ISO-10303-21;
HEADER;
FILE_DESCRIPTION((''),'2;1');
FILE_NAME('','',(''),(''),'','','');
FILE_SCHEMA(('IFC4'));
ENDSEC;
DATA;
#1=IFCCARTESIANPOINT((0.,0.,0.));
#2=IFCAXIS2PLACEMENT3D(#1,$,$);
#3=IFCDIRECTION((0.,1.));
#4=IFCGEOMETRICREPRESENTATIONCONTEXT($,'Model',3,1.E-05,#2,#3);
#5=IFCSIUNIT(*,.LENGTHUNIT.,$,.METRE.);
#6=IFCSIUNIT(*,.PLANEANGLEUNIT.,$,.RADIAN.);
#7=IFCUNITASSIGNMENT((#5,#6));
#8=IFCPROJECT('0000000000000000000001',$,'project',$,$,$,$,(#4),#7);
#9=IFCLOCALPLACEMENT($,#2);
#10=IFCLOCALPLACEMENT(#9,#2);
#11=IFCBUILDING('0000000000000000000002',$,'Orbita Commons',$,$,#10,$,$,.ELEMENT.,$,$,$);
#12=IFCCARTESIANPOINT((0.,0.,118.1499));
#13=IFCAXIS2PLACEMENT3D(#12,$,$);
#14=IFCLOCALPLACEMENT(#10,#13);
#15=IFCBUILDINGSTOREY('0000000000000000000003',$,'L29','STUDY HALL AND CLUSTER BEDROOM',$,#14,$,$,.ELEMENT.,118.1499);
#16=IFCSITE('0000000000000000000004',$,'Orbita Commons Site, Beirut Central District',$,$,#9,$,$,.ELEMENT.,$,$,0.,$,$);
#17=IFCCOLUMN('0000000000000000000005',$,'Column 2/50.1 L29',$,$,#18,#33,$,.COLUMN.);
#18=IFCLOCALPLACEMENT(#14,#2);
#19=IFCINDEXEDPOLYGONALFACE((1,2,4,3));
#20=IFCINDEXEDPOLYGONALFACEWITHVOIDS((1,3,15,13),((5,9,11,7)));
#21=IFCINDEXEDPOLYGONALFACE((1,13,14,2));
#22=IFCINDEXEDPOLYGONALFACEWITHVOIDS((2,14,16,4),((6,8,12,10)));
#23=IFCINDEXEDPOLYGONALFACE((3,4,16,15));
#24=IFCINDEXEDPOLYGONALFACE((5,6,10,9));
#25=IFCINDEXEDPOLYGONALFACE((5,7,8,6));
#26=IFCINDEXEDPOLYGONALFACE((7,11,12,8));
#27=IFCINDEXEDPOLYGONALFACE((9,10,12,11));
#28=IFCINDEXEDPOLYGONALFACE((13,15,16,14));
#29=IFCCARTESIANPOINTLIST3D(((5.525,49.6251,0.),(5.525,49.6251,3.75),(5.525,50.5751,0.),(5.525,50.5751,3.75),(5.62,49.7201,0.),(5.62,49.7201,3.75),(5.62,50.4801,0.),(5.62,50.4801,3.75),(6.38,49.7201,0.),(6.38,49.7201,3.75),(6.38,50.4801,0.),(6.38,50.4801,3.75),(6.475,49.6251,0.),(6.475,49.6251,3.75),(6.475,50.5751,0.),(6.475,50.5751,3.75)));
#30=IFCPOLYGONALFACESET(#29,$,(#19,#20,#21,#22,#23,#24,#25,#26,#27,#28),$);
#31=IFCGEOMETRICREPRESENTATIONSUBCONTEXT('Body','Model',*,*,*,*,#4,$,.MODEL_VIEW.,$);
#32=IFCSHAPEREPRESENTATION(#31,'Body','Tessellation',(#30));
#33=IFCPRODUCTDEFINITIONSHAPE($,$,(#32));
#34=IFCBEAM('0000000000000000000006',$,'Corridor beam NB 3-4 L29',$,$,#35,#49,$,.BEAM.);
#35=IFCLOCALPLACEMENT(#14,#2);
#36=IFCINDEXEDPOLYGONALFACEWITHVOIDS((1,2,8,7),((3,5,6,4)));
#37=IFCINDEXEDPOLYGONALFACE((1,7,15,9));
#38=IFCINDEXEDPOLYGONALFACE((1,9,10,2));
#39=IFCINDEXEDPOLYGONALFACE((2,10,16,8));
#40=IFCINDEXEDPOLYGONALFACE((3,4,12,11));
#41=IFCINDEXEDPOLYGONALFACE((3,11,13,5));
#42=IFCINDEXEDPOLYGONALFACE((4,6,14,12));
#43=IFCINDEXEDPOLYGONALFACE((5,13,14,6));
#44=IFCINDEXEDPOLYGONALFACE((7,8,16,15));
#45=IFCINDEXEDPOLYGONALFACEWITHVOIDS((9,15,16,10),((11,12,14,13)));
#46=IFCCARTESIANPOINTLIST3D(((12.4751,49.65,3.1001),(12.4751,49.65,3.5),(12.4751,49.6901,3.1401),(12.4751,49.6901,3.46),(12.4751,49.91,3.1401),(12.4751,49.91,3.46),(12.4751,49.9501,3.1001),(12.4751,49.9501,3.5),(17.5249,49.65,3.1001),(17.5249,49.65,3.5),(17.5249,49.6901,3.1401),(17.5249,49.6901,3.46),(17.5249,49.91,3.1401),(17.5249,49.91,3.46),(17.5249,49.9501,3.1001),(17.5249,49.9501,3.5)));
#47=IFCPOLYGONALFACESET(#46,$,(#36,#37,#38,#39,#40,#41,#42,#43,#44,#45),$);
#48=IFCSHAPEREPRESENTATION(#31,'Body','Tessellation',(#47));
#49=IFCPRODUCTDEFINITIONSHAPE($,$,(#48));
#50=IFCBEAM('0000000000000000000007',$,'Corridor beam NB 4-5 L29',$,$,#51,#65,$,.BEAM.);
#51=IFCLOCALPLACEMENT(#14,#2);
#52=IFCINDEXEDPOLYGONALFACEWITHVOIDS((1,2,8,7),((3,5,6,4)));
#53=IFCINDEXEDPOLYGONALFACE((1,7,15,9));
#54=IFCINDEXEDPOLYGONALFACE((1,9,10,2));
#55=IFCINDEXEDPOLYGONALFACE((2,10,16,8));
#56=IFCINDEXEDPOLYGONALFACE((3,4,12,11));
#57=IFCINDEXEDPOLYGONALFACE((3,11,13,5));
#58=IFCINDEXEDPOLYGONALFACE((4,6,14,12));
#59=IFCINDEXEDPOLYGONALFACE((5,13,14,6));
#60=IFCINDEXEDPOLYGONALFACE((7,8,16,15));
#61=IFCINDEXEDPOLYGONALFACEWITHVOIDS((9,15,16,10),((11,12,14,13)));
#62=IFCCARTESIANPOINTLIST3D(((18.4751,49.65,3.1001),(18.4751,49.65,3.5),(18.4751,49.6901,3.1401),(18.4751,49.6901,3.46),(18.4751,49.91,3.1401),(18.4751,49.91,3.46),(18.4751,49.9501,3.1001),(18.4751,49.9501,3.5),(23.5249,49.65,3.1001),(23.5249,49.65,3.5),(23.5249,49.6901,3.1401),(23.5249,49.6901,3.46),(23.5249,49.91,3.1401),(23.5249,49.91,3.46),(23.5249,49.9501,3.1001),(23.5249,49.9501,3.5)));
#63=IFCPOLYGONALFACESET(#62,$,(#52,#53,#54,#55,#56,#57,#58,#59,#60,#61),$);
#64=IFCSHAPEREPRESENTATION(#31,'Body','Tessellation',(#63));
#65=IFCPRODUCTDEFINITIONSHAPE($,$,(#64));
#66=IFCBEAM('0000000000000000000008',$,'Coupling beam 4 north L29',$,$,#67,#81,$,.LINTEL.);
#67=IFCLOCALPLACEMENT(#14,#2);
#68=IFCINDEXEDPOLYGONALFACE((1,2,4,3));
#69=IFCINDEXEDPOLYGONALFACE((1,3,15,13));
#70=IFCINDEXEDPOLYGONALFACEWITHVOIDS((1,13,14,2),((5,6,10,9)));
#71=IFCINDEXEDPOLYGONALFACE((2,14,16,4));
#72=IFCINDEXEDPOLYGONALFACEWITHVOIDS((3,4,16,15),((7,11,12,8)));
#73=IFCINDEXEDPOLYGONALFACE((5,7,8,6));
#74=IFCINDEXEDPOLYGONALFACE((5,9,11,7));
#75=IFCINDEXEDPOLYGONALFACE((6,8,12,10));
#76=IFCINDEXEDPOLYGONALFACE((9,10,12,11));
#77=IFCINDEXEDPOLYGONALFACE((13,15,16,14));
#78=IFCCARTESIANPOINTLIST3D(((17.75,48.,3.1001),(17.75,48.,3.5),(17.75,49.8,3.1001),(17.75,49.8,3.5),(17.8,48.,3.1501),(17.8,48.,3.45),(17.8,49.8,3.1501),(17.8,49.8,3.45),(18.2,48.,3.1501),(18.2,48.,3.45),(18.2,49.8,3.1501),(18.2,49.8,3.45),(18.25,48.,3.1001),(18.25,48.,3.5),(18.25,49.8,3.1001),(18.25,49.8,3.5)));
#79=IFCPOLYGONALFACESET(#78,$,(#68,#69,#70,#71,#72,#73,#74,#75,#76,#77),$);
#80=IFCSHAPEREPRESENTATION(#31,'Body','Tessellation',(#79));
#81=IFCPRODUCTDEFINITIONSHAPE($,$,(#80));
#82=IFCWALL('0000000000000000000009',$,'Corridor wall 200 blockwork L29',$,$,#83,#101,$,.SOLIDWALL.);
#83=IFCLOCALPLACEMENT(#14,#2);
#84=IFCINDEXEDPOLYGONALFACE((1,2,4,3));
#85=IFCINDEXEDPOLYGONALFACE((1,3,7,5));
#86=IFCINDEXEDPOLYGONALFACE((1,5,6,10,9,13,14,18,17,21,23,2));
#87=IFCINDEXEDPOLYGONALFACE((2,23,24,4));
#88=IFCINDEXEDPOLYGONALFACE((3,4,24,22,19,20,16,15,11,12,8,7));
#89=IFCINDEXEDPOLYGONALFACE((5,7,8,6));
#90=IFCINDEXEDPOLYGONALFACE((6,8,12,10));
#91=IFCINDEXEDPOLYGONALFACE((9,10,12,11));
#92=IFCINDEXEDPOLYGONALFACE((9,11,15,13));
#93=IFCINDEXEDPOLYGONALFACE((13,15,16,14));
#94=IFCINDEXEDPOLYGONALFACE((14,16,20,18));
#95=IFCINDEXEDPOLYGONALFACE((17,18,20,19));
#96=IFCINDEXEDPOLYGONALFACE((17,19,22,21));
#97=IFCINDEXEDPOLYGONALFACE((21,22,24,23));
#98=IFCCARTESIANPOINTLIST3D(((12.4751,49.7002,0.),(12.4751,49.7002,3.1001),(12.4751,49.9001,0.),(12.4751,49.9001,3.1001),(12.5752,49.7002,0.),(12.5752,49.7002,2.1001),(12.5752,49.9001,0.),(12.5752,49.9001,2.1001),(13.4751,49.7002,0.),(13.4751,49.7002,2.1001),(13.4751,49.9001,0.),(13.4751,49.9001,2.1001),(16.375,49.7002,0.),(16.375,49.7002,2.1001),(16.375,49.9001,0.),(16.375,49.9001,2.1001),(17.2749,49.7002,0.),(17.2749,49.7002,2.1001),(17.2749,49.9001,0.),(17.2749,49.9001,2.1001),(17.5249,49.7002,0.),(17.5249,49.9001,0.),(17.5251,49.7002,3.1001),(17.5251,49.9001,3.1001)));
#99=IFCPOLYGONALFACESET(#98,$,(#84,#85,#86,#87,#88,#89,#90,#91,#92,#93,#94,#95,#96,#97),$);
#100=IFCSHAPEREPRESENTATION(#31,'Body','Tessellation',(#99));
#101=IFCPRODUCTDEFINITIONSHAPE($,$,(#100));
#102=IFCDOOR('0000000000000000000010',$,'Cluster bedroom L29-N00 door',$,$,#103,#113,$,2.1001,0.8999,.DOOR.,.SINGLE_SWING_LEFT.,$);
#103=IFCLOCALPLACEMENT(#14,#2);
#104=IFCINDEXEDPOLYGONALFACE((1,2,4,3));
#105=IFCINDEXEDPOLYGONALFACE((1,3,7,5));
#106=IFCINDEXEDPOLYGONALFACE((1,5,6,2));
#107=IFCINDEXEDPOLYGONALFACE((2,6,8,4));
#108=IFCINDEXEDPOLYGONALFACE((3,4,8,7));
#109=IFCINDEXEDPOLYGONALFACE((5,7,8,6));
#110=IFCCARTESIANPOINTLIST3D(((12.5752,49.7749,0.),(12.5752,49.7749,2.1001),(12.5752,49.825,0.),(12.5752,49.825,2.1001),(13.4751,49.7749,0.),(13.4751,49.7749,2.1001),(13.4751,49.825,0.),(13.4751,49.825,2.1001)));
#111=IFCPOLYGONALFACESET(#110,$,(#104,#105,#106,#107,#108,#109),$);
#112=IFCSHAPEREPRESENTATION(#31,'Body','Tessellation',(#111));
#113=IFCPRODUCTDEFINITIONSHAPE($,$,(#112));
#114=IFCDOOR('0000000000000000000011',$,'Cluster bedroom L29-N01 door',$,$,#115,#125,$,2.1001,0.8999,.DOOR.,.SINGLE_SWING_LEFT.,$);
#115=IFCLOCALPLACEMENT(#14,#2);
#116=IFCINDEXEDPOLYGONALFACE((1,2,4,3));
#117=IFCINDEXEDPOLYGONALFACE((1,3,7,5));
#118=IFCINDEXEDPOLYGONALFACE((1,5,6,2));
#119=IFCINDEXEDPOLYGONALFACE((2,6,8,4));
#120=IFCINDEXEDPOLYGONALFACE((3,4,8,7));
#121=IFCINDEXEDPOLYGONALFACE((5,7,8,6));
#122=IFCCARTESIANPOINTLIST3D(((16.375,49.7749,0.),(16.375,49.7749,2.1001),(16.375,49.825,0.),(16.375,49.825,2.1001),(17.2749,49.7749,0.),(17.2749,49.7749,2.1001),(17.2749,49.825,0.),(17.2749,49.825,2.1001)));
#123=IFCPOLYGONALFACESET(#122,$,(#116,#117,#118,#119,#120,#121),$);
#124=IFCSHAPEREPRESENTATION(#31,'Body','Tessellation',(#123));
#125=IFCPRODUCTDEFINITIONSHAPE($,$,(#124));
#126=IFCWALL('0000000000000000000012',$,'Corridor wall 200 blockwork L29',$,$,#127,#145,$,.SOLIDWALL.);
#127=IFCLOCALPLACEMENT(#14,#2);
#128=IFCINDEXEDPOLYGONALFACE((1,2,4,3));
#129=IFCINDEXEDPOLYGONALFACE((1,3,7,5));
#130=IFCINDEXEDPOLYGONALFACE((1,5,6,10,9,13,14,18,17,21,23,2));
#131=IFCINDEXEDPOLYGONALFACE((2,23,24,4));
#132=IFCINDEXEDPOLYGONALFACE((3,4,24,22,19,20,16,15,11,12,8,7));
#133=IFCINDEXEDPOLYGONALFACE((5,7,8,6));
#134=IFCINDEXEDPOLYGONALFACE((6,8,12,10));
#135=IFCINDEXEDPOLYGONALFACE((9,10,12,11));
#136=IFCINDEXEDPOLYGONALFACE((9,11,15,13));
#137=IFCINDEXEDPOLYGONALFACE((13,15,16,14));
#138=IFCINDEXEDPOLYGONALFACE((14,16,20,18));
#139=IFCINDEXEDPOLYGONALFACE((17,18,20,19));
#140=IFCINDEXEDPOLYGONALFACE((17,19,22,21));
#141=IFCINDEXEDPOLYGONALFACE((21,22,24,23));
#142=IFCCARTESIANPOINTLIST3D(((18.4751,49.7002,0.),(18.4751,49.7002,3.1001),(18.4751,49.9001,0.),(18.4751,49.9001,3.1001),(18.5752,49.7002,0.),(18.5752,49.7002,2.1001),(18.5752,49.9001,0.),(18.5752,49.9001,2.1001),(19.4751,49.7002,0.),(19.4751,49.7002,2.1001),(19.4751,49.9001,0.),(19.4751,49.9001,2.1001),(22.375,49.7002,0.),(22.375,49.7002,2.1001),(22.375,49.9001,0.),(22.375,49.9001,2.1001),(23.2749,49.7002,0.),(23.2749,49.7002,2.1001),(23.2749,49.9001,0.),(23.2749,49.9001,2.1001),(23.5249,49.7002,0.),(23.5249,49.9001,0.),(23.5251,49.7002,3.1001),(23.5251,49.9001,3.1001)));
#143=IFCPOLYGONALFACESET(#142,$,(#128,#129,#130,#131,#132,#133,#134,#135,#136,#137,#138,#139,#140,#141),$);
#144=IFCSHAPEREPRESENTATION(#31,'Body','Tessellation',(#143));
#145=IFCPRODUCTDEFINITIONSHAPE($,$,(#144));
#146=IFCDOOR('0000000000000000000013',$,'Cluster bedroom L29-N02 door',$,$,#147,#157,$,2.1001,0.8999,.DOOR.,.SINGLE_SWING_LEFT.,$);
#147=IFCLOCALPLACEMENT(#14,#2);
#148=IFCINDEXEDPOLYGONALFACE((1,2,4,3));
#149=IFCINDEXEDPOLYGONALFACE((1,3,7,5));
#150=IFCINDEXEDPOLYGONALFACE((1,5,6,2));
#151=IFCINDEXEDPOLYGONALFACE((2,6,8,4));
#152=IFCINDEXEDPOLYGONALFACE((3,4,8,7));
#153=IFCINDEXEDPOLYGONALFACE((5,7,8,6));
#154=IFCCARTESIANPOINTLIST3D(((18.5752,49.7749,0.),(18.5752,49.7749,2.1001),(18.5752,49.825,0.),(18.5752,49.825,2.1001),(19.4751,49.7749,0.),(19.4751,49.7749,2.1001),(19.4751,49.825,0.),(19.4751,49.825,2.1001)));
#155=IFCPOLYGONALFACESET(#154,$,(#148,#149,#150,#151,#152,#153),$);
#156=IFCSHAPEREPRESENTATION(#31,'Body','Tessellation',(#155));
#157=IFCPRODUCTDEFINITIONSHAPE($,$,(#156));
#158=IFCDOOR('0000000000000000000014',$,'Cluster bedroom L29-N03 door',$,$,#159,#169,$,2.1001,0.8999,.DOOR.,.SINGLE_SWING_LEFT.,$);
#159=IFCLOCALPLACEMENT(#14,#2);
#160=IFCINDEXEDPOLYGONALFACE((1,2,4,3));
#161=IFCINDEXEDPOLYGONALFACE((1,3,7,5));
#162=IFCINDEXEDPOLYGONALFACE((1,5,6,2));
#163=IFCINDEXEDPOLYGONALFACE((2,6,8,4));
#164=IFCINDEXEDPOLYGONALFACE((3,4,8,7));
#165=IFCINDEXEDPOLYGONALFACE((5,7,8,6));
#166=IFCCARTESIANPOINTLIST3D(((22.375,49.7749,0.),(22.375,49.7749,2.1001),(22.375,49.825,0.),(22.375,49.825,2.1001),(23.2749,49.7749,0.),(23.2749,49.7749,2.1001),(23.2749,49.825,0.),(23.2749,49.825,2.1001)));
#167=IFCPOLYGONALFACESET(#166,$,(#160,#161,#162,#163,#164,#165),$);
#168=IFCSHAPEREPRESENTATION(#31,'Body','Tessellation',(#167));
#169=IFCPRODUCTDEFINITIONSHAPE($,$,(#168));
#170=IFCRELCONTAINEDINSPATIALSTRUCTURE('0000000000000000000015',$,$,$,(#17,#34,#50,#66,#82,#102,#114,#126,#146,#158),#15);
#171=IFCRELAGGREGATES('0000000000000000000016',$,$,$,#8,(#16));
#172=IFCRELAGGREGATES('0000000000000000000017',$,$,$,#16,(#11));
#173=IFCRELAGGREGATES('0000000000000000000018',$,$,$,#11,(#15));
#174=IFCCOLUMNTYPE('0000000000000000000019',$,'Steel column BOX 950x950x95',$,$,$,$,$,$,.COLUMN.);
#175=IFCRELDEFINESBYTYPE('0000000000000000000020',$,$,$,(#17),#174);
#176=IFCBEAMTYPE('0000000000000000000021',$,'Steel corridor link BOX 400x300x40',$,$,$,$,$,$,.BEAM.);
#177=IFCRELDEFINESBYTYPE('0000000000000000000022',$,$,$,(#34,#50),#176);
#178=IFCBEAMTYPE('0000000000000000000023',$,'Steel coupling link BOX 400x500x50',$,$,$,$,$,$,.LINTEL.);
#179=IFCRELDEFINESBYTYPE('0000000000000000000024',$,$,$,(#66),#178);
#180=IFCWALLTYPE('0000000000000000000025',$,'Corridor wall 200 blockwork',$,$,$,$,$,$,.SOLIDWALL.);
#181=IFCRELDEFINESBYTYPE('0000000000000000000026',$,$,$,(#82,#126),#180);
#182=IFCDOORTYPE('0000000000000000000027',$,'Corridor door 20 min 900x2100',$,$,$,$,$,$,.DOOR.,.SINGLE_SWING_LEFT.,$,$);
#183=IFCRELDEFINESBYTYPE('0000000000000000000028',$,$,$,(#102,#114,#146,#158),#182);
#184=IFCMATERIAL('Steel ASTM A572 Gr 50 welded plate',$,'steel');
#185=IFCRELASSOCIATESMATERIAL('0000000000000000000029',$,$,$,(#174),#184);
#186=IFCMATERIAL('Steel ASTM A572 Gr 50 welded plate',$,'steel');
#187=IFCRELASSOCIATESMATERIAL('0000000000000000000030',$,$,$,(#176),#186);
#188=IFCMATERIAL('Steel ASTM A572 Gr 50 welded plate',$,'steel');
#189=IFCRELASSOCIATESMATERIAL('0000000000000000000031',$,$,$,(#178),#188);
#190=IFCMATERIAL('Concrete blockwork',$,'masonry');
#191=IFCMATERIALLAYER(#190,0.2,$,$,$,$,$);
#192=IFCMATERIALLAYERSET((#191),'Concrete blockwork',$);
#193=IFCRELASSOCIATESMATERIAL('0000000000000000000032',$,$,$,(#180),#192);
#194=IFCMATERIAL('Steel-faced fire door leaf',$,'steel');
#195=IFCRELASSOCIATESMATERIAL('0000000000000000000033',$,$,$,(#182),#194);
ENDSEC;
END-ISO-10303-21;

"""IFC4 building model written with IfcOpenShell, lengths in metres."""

from ifc_helpers import new_model, si_unit, direction, frame, frame_2d, origin, origin_2d, place, context, subcontext, project, spatial, polyline, rectangle, hollow_rectangle, outline, extrude, material, layer, layer_set, material_profile, profile_set, type_object, element, fill, save


model = new_model("IFC4")

# Units and contexts
model_context = context("Model", 3, precision=1e-05, world=origin(), true_north=direction((0.0, 1.0)))
body_context = subcontext(model_context, "Body", "Model", "MODEL_VIEW")
ifc_project = project(units=[si_unit("LENGTHUNIT", "METRE"), si_unit("PLANEANGLEUNIT", "RADIAN")], contexts=[model_context])

# Site, building, storey
site_placement = place(None, origin())
site = spatial("IfcSite", under=ifc_project, at=site_placement, Name="Orbita Commons Site, Beirut Central District", CompositionType="ELEMENT", RefElevation=0.0)
building_placement = place(site_placement, origin())
building = spatial("IfcBuilding", under=site, at=building_placement, Name="Orbita Commons", CompositionType="ELEMENT")
storey_placement = place(building_placement, frame((0.0, 0.0, 118.1499)))
storey = spatial("IfcBuildingStorey", under=building, at=storey_placement, Name="L29", Description="STUDY HALL AND CLUSTER BEDROOM", CompositionType="ELEMENT", Elevation=118.1499)

# Column
ifc_material_1 = material(Name="Steel ASTM A572 Gr 50 welded plate", Category="steel")
ifc_material_profile_1 = material_profile(ifc_material_1, hollow_rectangle(XDim=0.95, YDim=0.95, WallThickness=0.095, at=origin_2d()), Name="BOX 950x950x95")
ifc_profile_set_1 = profile_set([ifc_material_profile_1], Name="Steel ASTM A572 Gr 50 welded plate")
column_type = type_object("IfcColumnType", Name="Steel column BOX 950x950x95", PredefinedType="COLUMN", material=ifc_profile_set_1)
column_placement = place(storey_placement, frame((6.0, 50.1001, 0.0), z_axis=(0.0, 0.0, 1.0), x_axis=(1.0, 0.0, 0.0)))
element("IfcColumn", 1, at=column_placement, inside=storey, type_object=column_type, Name="Column 2/50.1 L29", PredefinedType="COLUMN", context=body_context, shape_type="SweptSolid", body=[
    extrude(hollow_rectangle(XDim=0.95, YDim=0.95, WallThickness=0.095, at=origin_2d()), origin(), (0.0, 0.0, 1.0), 3.75),
])

# Beams
ifc_material_2 = material(Name="Steel ASTM A572 Gr 50 welded plate", Category="steel")
ifc_material_profile_2 = material_profile(ifc_material_2, hollow_rectangle(XDim=0.3, YDim=0.3999, WallThickness=0.04, at=origin_2d()), Name="BOX 400x300x40")
ifc_profile_set_2 = profile_set([ifc_material_profile_2], Name="Steel ASTM A572 Gr 50 welded plate")
beam_type_1 = type_object("IfcBeamType", Name="Steel corridor link BOX 400x300x40", PredefinedType="BEAM", material=ifc_profile_set_2)
for number, where, z_axis, x_axis, name in (
    (2, (12.4751, 49.8, 3.3), (1.0, 0.0, 0.0), (0.0, 1.0, 0.0), "Corridor beam NB 3-4 L29"),
    (3, (18.4751, 49.8, 3.3), (1.0, 0.0, 0.0), (0.0, 1.0, 0.0), "Corridor beam NB 4-5 L29"),
):
    element("IfcBeam", number, at=place(storey_placement, frame(where, z_axis=z_axis, x_axis=x_axis)), inside=storey, type_object=beam_type_1, Name=name, PredefinedType="BEAM", context=body_context, shape_type="SweptSolid", body=[
        extrude(hollow_rectangle(XDim=0.3, YDim=0.3999, WallThickness=0.04, at=origin_2d()), origin(), (0.0, 0.0, 1.0), 5.0498),
    ])
ifc_material_3 = material(Name="Steel ASTM A572 Gr 50 welded plate", Category="steel")
ifc_material_profile_3 = material_profile(ifc_material_3, hollow_rectangle(XDim=0.5, YDim=0.3999, WallThickness=0.05, at=origin_2d()), Name="BOX 400x500x50")
ifc_profile_set_3 = profile_set([ifc_material_profile_3], Name="Steel ASTM A572 Gr 50 welded plate")
beam_type_2 = type_object("IfcBeamType", Name="Steel coupling link BOX 400x500x50", PredefinedType="LINTEL", material=ifc_profile_set_3)
beam_placement = place(storey_placement, frame((18.0, 48.0, 3.3), z_axis=(0.0, 1.0, 0.0), x_axis=(-1.0, 0.0, 0.0)))
element("IfcBeam", 4, at=beam_placement, inside=storey, type_object=beam_type_2, Name="Coupling beam 4 north L29", PredefinedType="LINTEL", context=body_context, shape_type="SweptSolid", body=[
    extrude(hollow_rectangle(XDim=0.5, YDim=0.3999, WallThickness=0.05, at=origin_2d()), origin(), (0.0, 0.0, 1.0), 1.8),
])

# Walls, openings, doors
ifc_material_4 = material(Name="Concrete blockwork", Category="masonry")
ifc_layer_1 = layer(ifc_material_4, 0.2)
ifc_layer_set_1 = layer_set([ifc_layer_1], Name="Concrete blockwork")
wall_type_1 = type_object("IfcWallType", Name="Corridor wall 200 blockwork", PredefinedType="SOLIDWALL", material=ifc_layer_set_1)
wall_1_placement = place(storey_placement, frame((12.4751, 49.8, 0.0), z_axis=(0.0, 0.0, 1.0), x_axis=(1.0, 0.0, 0.0)))
wall_1 = element("IfcWall", 5, at=wall_1_placement, inside=storey, type_object=wall_type_1, Name="Corridor wall 200 blockwork L29", PredefinedType="SOLIDWALL", context=body_context, shape_type="SweptSolid", body=[
    extrude(outline(polyline([(0.0, 0.0), (5.0498, 0.0), (5.05, 3.1001), (0.0, 3.1001), (0.0, 0.0)])), frame((0.0, 0.1001, 0.0), z_axis=(0.0, -1.0, 0.0), x_axis=(1.0, 0.0, 0.0)), (0.0, 0.0, 1.0), 0.2),
])
opening_1_placement = place(wall_1_placement, frame((0.1001, 0.0, 0.0)))
opening_1 = element("IfcOpeningElement", 6, at=opening_1_placement, cuts=wall_1, PredefinedType="OPENING", context=body_context, shape_type="SweptSolid", body=[
    extrude(rectangle(XDim=0.8999, YDim=2.1001, at=frame_2d((0.45, 1.05))), frame((0.0, 0.1099, 0.0), z_axis=(0.0, -1.0, 0.0), x_axis=(1.0, 0.0, 0.0)), (0.0, 0.0, 1.0), 0.22),
])
opening_2_placement = place(wall_1_placement, frame((3.8999, 0.0, 0.0)))
opening_2 = element("IfcOpeningElement", 7, at=opening_2_placement, cuts=wall_1, PredefinedType="OPENING", context=body_context, shape_type="SweptSolid", body=[
    extrude(rectangle(XDim=0.8999, YDim=2.1001, at=frame_2d((0.45, 1.05))), frame((0.0, 0.1099, 0.0), z_axis=(0.0, -1.0, 0.0), x_axis=(1.0, 0.0, 0.0)), (0.0, 0.0, 1.0), 0.22),
])
ifc_material_5 = material(Name="Steel-faced fire door leaf", Category="steel")
door_type_1 = type_object("IfcDoorType", Name="Corridor door 20 min 900x2100", OperationType="SINGLE_SWING_LEFT", PredefinedType="DOOR", material=ifc_material_5)
door_1_placement = place(opening_1_placement, origin())
door_1 = element("IfcDoor", 8, at=door_1_placement, inside=storey, type_object=door_type_1, Name="Cluster bedroom L29-N00 door", OperationType="SINGLE_SWING_LEFT", OverallHeight=2.1001, OverallWidth=0.8999, PredefinedType="DOOR", context=body_context, shape_type="SweptSolid", body=[
    extrude(rectangle(XDim=0.8999, YDim=2.1001, at=frame_2d((0.45, 1.05))), frame((0.0, 0.0249, 0.0), z_axis=(0.0, -1.0, 0.0), x_axis=(1.0, 0.0, 0.0)), (0.0, 0.0, 1.0), 0.05),
])
fill(opening_1, door_1)
door_2_placement = place(opening_2_placement, origin())
door_2 = element("IfcDoor", 9, at=door_2_placement, inside=storey, type_object=door_type_1, Name="Cluster bedroom L29-N01 door", OperationType="SINGLE_SWING_LEFT", OverallHeight=2.1001, OverallWidth=0.8999, PredefinedType="DOOR", context=body_context, shape_type="SweptSolid", body=[
    extrude(rectangle(XDim=0.8999, YDim=2.1001, at=frame_2d((0.45, 1.05))), frame((0.0, 0.0249, 0.0), z_axis=(0.0, -1.0, 0.0), x_axis=(1.0, 0.0, 0.0)), (0.0, 0.0, 1.0), 0.05),
])
fill(opening_2, door_2)
wall_2_placement = place(storey_placement, frame((18.4751, 49.8, 0.0), z_axis=(0.0, 0.0, 1.0), x_axis=(1.0, 0.0, 0.0)))
wall_2 = element("IfcWall", 10, at=wall_2_placement, inside=storey, type_object=wall_type_1, Name="Corridor wall 200 blockwork L29", PredefinedType="SOLIDWALL", context=body_context, shape_type="SweptSolid", body=[
    extrude(outline(polyline([(0.0, 0.0), (5.0498, 0.0), (5.05, 3.1001), (0.0, 3.1001), (0.0, 0.0)])), frame((0.0, 0.1001, 0.0), z_axis=(0.0, -1.0, 0.0), x_axis=(1.0, 0.0, 0.0)), (0.0, 0.0, 1.0), 0.2),
])
opening_3_placement = place(wall_2_placement, frame((0.1001, 0.0, 0.0)))
opening_3 = element("IfcOpeningElement", 11, at=opening_3_placement, cuts=wall_2, PredefinedType="OPENING", context=body_context, shape_type="SweptSolid", body=[
    extrude(rectangle(XDim=0.8999, YDim=2.1001, at=frame_2d((0.45, 1.05))), frame((0.0, 0.1099, 0.0), z_axis=(0.0, -1.0, 0.0), x_axis=(1.0, 0.0, 0.0)), (0.0, 0.0, 1.0), 0.22),
])
opening_4_placement = place(wall_2_placement, frame((3.8999, 0.0, 0.0)))
opening_4 = element("IfcOpeningElement", 12, at=opening_4_placement, cuts=wall_2, PredefinedType="OPENING", context=body_context, shape_type="SweptSolid", body=[
    extrude(rectangle(XDim=0.8999, YDim=2.1001, at=frame_2d((0.45, 1.05))), frame((0.0, 0.1099, 0.0), z_axis=(0.0, -1.0, 0.0), x_axis=(1.0, 0.0, 0.0)), (0.0, 0.0, 1.0), 0.22),
])
door_3_placement = place(opening_3_placement, origin())
door_3 = element("IfcDoor", 13, at=door_3_placement, inside=storey, type_object=door_type_1, Name="Cluster bedroom L29-N02 door", OperationType="SINGLE_SWING_LEFT", OverallHeight=2.1001, OverallWidth=0.8999, PredefinedType="DOOR", context=body_context, shape_type="SweptSolid", body=[
    extrude(rectangle(XDim=0.8999, YDim=2.1001, at=frame_2d((0.45, 1.05))), frame((0.0, 0.0249, 0.0), z_axis=(0.0, -1.0, 0.0), x_axis=(1.0, 0.0, 0.0)), (0.0, 0.0, 1.0), 0.05),
])
fill(opening_3, door_3)
door_4_placement = place(opening_4_placement, origin())
door_4 = element("IfcDoor", 14, at=door_4_placement, inside=storey, type_object=door_type_1, Name="Cluster bedroom L29-N03 door", OperationType="SINGLE_SWING_LEFT", OverallHeight=2.1001, OverallWidth=0.8999, PredefinedType="DOOR", context=body_context, shape_type="SweptSolid", body=[
    extrude(rectangle(XDim=0.8999, YDim=2.1001, at=frame_2d((0.45, 1.05))), frame((0.0, 0.0249, 0.0), z_axis=(0.0, -1.0, 0.0), x_axis=(1.0, 0.0, 0.0)), (0.0, 0.0, 1.0), 0.05),
])
fill(opening_4, door_4)

save(model, "model.ifc")
